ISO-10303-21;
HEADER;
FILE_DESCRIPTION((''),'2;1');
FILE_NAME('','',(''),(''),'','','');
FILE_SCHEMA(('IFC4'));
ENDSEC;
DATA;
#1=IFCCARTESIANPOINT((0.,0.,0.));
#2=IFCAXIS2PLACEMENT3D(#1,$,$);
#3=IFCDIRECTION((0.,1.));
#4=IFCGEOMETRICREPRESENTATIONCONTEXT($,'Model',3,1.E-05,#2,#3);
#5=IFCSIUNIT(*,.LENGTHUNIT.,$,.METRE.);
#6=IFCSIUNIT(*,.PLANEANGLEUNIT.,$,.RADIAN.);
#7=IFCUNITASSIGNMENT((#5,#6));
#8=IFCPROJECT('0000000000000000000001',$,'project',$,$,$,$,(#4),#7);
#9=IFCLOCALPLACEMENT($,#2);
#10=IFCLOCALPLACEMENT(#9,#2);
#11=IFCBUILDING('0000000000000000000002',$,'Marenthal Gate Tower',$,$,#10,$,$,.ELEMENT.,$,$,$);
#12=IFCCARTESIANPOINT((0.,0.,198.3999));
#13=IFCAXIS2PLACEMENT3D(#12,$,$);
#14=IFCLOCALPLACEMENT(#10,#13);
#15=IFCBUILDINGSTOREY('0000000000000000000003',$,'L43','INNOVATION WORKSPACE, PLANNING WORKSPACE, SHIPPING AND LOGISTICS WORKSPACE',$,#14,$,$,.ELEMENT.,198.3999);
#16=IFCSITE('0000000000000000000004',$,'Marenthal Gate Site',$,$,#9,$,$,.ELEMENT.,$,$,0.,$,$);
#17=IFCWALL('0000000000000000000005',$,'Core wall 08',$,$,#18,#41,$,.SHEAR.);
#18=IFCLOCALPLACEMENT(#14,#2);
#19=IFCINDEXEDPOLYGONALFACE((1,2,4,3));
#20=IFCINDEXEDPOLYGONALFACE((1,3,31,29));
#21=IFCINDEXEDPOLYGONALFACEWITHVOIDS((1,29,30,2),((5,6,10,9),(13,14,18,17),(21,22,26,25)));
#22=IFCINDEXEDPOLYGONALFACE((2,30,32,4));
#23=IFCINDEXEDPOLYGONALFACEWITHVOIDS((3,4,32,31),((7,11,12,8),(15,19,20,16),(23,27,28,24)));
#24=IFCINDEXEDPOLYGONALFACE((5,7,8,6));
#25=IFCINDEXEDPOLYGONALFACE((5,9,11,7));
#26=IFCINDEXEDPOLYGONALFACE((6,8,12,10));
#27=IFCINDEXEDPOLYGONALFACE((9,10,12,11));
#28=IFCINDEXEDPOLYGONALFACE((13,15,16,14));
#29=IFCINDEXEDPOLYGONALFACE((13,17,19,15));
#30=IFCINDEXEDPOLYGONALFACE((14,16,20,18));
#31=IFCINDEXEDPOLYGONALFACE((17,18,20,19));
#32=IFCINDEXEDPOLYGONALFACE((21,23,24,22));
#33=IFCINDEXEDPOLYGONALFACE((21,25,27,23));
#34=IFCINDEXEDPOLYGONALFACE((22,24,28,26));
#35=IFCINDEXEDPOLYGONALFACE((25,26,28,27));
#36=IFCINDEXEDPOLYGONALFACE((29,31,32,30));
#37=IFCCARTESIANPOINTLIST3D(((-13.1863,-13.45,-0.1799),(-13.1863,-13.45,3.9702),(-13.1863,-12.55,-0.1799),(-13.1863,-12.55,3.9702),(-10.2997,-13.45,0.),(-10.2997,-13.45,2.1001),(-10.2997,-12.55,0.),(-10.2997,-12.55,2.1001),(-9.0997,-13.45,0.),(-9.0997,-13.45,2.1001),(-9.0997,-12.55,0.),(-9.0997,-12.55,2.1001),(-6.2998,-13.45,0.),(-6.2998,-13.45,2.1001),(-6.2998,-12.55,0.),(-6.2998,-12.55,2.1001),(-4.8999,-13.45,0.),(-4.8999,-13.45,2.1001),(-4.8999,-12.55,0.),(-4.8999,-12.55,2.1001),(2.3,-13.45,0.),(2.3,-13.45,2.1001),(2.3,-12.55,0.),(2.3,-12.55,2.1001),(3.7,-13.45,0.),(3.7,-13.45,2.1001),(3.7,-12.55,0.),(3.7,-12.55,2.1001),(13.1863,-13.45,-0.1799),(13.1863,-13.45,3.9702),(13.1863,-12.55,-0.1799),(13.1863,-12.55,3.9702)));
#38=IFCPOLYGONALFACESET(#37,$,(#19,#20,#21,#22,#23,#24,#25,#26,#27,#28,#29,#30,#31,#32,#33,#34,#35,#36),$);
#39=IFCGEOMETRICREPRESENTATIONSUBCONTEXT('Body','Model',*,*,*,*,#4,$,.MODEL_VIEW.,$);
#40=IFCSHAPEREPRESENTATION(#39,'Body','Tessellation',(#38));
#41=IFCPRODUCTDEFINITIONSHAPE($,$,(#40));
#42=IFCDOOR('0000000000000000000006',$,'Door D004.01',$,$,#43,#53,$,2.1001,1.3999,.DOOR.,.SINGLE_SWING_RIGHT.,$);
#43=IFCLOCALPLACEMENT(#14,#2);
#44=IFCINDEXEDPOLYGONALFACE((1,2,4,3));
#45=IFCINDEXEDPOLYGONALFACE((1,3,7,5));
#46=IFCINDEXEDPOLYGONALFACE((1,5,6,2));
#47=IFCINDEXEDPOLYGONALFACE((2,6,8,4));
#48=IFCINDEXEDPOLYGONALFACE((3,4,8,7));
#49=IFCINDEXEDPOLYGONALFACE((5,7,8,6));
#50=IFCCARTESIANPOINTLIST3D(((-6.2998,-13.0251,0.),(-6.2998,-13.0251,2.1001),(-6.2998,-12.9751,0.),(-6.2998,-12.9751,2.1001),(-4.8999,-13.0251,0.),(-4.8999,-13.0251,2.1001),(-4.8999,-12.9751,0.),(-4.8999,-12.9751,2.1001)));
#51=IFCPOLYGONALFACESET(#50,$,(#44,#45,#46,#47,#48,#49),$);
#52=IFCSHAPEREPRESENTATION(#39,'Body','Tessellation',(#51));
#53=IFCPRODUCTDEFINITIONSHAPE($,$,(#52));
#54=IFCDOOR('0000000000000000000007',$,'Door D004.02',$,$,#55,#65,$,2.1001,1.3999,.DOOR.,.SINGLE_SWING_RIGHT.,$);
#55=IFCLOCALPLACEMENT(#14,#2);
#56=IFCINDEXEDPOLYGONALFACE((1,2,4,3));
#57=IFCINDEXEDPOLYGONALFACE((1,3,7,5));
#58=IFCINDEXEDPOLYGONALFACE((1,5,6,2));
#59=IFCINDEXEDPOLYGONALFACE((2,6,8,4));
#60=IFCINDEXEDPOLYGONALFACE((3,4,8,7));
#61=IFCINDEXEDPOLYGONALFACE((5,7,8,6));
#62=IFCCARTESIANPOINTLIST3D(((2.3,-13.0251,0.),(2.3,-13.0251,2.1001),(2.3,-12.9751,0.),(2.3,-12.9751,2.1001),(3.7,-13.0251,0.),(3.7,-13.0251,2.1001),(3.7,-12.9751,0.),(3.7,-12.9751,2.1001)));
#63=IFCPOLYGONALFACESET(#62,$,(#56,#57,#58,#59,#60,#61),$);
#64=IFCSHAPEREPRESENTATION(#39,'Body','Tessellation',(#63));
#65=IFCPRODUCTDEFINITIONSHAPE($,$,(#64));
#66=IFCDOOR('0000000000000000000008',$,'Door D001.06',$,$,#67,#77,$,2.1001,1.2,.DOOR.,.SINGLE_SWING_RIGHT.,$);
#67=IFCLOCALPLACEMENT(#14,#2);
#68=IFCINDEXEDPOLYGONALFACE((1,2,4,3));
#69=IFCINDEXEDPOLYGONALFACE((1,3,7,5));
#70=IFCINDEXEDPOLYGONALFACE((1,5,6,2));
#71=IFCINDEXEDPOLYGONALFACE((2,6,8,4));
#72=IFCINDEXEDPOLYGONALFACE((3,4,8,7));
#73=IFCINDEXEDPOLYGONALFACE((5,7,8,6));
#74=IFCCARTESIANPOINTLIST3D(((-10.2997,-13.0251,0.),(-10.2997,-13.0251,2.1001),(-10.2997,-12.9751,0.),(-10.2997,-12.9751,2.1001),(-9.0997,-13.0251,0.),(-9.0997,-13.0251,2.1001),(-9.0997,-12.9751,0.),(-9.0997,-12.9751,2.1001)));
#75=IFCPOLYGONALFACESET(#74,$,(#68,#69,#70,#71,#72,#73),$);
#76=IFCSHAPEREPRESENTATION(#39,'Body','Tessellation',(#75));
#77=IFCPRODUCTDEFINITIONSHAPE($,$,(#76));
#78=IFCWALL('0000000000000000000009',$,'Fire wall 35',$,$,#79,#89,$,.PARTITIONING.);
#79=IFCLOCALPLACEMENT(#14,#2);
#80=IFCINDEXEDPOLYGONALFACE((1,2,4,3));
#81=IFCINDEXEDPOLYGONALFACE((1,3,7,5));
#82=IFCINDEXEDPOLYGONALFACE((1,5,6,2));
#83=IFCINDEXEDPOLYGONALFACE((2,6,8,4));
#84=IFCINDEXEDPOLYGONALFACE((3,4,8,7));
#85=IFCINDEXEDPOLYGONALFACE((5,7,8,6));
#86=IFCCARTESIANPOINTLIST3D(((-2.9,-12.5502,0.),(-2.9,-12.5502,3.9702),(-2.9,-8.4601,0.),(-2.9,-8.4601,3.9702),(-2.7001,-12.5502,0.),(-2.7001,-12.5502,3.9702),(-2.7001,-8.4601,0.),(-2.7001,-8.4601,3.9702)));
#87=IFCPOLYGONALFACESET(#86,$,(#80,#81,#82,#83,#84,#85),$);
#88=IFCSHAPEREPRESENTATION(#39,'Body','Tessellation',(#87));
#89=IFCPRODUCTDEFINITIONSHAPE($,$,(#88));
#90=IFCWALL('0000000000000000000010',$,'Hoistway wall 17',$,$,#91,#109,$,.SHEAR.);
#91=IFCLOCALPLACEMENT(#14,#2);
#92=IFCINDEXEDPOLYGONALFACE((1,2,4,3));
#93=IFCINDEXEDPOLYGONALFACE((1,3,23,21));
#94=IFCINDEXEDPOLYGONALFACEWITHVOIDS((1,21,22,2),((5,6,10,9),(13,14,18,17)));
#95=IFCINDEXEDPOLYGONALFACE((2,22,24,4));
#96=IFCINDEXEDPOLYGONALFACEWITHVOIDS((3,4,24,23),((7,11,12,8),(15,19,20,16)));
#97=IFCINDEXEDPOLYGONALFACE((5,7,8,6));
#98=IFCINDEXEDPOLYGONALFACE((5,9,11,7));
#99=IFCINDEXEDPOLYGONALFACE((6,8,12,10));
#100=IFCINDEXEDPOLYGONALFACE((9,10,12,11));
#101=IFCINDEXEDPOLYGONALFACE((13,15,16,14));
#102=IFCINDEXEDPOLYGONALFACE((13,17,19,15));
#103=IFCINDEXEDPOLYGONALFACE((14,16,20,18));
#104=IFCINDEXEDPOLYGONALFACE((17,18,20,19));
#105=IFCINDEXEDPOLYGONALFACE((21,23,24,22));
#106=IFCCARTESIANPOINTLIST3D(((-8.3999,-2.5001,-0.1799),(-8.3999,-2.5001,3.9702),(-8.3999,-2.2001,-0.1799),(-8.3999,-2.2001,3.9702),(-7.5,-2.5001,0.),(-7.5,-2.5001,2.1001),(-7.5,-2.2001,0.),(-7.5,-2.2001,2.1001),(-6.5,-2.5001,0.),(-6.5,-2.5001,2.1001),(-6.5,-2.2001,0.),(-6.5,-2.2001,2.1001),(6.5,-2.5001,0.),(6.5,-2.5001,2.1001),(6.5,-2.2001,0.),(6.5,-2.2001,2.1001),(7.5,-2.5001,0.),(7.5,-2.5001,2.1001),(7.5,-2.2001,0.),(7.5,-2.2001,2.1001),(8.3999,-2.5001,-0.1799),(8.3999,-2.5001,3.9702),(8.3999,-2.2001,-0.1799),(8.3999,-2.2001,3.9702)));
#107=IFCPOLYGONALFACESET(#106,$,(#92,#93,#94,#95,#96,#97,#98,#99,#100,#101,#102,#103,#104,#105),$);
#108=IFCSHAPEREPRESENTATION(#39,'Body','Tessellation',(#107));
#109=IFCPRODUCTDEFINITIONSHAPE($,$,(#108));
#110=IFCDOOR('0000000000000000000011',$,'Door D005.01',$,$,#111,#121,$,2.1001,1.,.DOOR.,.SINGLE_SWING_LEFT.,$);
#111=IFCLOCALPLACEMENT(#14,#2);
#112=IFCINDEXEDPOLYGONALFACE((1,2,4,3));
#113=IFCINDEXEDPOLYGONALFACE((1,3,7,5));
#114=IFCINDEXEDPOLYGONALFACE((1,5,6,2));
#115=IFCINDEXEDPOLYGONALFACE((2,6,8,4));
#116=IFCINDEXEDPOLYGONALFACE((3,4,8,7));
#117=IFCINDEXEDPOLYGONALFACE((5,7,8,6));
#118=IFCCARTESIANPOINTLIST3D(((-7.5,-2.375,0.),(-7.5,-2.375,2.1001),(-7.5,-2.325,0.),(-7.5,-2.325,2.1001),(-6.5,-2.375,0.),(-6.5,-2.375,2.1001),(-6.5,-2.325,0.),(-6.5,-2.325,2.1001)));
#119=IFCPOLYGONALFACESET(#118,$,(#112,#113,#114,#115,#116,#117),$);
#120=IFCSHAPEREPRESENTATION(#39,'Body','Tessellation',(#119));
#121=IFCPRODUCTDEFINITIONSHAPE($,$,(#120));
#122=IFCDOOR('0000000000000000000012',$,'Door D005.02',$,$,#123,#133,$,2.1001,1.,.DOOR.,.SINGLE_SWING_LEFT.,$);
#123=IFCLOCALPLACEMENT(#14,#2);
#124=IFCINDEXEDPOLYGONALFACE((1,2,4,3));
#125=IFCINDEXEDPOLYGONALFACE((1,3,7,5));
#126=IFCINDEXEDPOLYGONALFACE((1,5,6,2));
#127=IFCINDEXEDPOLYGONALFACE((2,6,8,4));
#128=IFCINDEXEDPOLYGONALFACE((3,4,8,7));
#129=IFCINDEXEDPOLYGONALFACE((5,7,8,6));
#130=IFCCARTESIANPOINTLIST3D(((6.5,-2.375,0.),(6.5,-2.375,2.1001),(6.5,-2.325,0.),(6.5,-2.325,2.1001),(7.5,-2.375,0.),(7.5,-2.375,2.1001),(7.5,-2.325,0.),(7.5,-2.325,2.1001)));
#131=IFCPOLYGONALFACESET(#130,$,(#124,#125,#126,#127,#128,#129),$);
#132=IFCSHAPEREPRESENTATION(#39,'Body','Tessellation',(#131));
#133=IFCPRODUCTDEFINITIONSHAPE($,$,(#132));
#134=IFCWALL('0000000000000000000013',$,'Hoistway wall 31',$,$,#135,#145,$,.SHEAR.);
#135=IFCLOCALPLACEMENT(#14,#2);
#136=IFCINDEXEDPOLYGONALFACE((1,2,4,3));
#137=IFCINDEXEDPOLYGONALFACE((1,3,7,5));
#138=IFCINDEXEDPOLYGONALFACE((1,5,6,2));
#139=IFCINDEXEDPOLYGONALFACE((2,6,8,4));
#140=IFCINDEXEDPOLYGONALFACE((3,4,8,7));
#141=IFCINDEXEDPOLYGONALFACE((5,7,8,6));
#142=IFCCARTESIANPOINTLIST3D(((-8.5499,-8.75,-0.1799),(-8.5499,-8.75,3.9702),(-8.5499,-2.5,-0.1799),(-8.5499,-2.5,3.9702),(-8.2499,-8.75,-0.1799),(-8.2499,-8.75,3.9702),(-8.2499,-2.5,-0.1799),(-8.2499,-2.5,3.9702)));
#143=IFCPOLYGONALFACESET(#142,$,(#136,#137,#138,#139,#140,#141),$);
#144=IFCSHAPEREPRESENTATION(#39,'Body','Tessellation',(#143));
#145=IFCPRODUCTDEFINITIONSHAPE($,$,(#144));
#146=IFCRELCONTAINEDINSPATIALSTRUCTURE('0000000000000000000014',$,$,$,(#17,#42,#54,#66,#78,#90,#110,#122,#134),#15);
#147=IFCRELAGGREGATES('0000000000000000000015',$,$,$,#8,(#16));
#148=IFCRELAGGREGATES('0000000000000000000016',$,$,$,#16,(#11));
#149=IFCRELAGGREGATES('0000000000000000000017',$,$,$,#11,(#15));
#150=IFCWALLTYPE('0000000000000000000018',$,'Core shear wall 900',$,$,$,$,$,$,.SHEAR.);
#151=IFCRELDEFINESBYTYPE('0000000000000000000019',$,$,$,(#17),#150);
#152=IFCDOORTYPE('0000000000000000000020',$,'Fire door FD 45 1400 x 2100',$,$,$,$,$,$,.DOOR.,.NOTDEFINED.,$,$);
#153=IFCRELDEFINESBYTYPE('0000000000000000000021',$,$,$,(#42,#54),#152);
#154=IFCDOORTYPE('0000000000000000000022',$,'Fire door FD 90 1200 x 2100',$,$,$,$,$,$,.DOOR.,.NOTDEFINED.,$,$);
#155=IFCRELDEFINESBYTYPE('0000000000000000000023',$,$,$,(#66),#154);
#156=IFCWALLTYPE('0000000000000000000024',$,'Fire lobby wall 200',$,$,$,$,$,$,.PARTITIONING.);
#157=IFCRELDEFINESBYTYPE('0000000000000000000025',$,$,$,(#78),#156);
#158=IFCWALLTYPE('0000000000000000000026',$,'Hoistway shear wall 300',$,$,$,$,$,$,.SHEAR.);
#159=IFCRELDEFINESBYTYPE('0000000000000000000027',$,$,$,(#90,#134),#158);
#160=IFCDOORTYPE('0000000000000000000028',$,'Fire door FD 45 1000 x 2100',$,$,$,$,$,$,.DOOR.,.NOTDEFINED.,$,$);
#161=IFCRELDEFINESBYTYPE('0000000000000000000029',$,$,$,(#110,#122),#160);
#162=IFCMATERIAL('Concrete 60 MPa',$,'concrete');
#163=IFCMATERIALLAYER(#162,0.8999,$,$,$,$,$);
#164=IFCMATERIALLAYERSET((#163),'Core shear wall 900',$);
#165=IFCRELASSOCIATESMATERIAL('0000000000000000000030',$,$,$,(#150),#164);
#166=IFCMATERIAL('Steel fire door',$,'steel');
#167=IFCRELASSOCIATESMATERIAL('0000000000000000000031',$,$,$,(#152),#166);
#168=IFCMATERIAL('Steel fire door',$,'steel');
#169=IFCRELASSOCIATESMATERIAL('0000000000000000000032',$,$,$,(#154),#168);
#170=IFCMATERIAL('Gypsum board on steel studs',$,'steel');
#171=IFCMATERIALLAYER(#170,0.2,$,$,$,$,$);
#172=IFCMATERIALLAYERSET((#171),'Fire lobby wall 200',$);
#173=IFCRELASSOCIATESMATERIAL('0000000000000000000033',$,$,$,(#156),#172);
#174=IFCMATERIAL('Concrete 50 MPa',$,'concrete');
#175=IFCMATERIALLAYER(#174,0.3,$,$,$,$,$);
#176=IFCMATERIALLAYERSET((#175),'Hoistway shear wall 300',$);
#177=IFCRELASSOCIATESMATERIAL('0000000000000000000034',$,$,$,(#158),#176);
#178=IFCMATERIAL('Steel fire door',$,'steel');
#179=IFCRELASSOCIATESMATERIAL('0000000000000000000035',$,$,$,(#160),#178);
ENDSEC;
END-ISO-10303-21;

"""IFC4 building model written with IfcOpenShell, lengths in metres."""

from ifc_helpers import new_model, si_unit, direction, frame, frame_2d, origin, place, context, subcontext, project, spatial, rectangle, extrude, material, layer, layer_set, type_object, element, fill, save


model = new_model("IFC4")

# Units and contexts
model_context = context("Model", 3, precision=1e-05, world=origin(), true_north=direction((0.0, 1.0)))
body_context = subcontext(model_context, "Body", "Model", "MODEL_VIEW")
ifc_project = project(units=[si_unit("LENGTHUNIT", "METRE"), si_unit("PLANEANGLEUNIT", "RADIAN")], contexts=[model_context])

# Site, building, storey
site_placement = place(None, origin())
site = spatial("IfcSite", under=ifc_project, at=site_placement, Name="Marenthal Gate Site", CompositionType="ELEMENT", RefElevation=0.0)
building_placement = place(site_placement, origin())
building = spatial("IfcBuilding", under=site, at=building_placement, Name="Marenthal Gate Tower", CompositionType="ELEMENT")
storey_placement = place(building_placement, frame((0.0, 0.0, 198.3999)))
storey = spatial("IfcBuildingStorey", under=building, at=storey_placement, Name="L43", Description="INNOVATION WORKSPACE, PLANNING WORKSPACE, SHIPPING AND LOGISTICS WORKSPACE", CompositionType="ELEMENT", Elevation=198.3999)

# Wall, openings, doors
ifc_material_1 = material(Name="Concrete 60 MPa", Category="concrete")
ifc_layer_1 = layer(ifc_material_1, 0.8999)
ifc_layer_set_1 = layer_set([ifc_layer_1], Name="Core shear wall 900")
wall_type_1 = type_object("IfcWallType", Name="Core shear wall 900", PredefinedType="SHEAR", material=ifc_layer_set_1)
wall_1_placement = place(storey_placement, frame((-13.1863, -13.0, -0.1799), z_axis=(0.0, 0.0, 1.0), x_axis=(1.0, 0.0, 0.0)))
wall_1 = element("IfcWall", 1, at=wall_1_placement, inside=storey, type_object=wall_type_1, Name="Core wall 08", PredefinedType="SHEAR", context=body_context, shape_type="SweptSolid", body=[
    extrude(rectangle(XDim=26.3726, YDim=0.8999, at=frame_2d((13.1863, 0.0))), origin(), (0.0, 0.0, 1.0), 4.1501),
])
opening_1_placement = place(wall_1_placement, frame((2.8865, 0.0, 0.1799)))
opening_1 = element("IfcOpeningElement", 2, at=opening_1_placement, cuts=wall_1, PredefinedType="OPENING", context=body_context, shape_type="SweptSolid", body=[
    extrude(rectangle(XDim=1.2, YDim=2.1001, at=frame_2d((0.6001, 1.05))), frame((0.0, 0.46, 0.0), z_axis=(0.0, -1.0, 0.0), x_axis=(1.0, 0.0, 0.0)), (0.0, 0.0, 1.0), 0.9199),
])
opening_2_placement = place(wall_1_placement, frame((6.8865, 0.0, 0.1799)))
opening_2 = element("IfcOpeningElement", 3, at=opening_2_placement, cuts=wall_1, PredefinedType="OPENING", context=body_context, shape_type="SweptSolid", body=[
    extrude(rectangle(XDim=1.3999, YDim=2.1001, at=frame_2d((0.7, 1.05))), frame((0.0, 0.46, 0.0), z_axis=(0.0, -1.0, 0.0), x_axis=(1.0, 0.0, 0.0)), (0.0, 0.0, 1.0), 0.9199),
])
opening_3_placement = place(wall_1_placement, frame((15.4863, 0.0, 0.1799)))
opening_3 = element("IfcOpeningElement", 4, at=opening_3_placement, cuts=wall_1, PredefinedType="OPENING", context=body_context, shape_type="SweptSolid", body=[
    extrude(rectangle(XDim=1.3999, YDim=2.1001, at=frame_2d((0.7, 1.05))), frame((0.0, 0.46, 0.0), z_axis=(0.0, -1.0, 0.0), x_axis=(1.0, 0.0, 0.0)), (0.0, 0.0, 1.0), 0.9199),
])
ifc_material_2 = material(Name="Steel fire door", Category="steel")
door_type_1 = type_object("IfcDoorType", Name="Fire door FD 45 1400 x 2100", OperationType="NOTDEFINED", PredefinedType="DOOR", material=ifc_material_2)
door_1_placement = place(opening_2_placement, origin())
door_1 = element("IfcDoor", 5, at=door_1_placement, inside=storey, type_object=door_type_1, Name="Door D004.01", OperationType="SINGLE_SWING_RIGHT", OverallHeight=2.1001, OverallWidth=1.3999, PredefinedType="DOOR", context=body_context, shape_type="SweptSolid", body=[
    extrude(rectangle(XDim=1.3999, YDim=2.1001, at=frame_2d((0.7, 1.05))), frame((0.0, 0.0249, 0.0), z_axis=(0.0, -1.0, 0.0), x_axis=(1.0, 0.0, 0.0)), (0.0, 0.0, 1.0), 0.05),
])
fill(opening_2, door_1)
door_2_placement = place(opening_3_placement, origin())
door_2 = element("IfcDoor", 6, at=door_2_placement, inside=storey, type_object=door_type_1, Name="Door D004.02", OperationType="SINGLE_SWING_RIGHT", OverallHeight=2.1001, OverallWidth=1.3999, PredefinedType="DOOR", context=body_context, shape_type="SweptSolid", body=[
    extrude(rectangle(XDim=1.3999, YDim=2.1001, at=frame_2d((0.7, 1.05))), frame((0.0, 0.0249, 0.0), z_axis=(0.0, -1.0, 0.0), x_axis=(1.0, 0.0, 0.0)), (0.0, 0.0, 1.0), 0.05),
])
fill(opening_3, door_2)
ifc_material_3 = material(Name="Steel fire door", Category="steel")
door_type_2 = type_object("IfcDoorType", Name="Fire door FD 90 1200 x 2100", OperationType="NOTDEFINED", PredefinedType="DOOR", material=ifc_material_3)
door_3_placement = place(opening_1_placement, origin())
door_3 = element("IfcDoor", 7, at=door_3_placement, inside=storey, type_object=door_type_2, Name="Door D001.06", OperationType="SINGLE_SWING_RIGHT", OverallHeight=2.1001, OverallWidth=1.2, PredefinedType="DOOR", context=body_context, shape_type="SweptSolid", body=[
    extrude(rectangle(XDim=1.2, YDim=2.1001, at=frame_2d((0.6001, 1.05))), frame((0.0, 0.0249, 0.0), z_axis=(0.0, -1.0, 0.0), x_axis=(1.0, 0.0, 0.0)), (0.0, 0.0, 1.0), 0.05),
])
fill(opening_1, door_3)

# Wall
ifc_material_4 = material(Name="Gypsum board on steel studs", Category="steel")
ifc_layer_2 = layer(ifc_material_4, 0.2)
ifc_layer_set_2 = layer_set([ifc_layer_2], Name="Fire lobby wall 200")
wall_type_2 = type_object("IfcWallType", Name="Fire lobby wall 200", PredefinedType="PARTITIONING", material=ifc_layer_set_2)
wall_2_placement = place(storey_placement, frame((-2.8, -12.55, 0.0), z_axis=(0.0, 0.0, 1.0), x_axis=(0.0, 1.0, 0.0)))
element("IfcWall", 8, at=wall_2_placement, inside=storey, type_object=wall_type_2, Name="Fire wall 35", PredefinedType="PARTITIONING", context=body_context, shape_type="SweptSolid", body=[
    extrude(rectangle(XDim=4.0901, YDim=0.2, at=frame_2d((2.0449, 0.0))), origin(), (0.0, 0.0, 1.0), 3.9702),
])

# Wall, openings, doors
ifc_material_5 = material(Name="Concrete 50 MPa", Category="concrete")
ifc_layer_3 = layer(ifc_material_5, 0.3)
ifc_layer_set_3 = layer_set([ifc_layer_3], Name="Hoistway shear wall 300")
wall_type_3 = type_object("IfcWallType", Name="Hoistway shear wall 300", PredefinedType="SHEAR", material=ifc_layer_set_3)
wall_3_placement = place(storey_placement, frame((-8.3999, -2.3501, -0.1799), z_axis=(0.0, 0.0, 1.0), x_axis=(1.0, 0.0, 0.0)))
wall_3 = element("IfcWall", 9, at=wall_3_placement, inside=storey, type_object=wall_type_3, Name="Hoistway wall 17", PredefinedType="SHEAR", context=body_context, shape_type="SweptSolid", body=[
    extrude(rectangle(XDim=16.7998, YDim=0.3, at=frame_2d((8.3999, 0.0))), origin(), (0.0, 0.0, 1.0), 4.1501),
])
opening_4_placement = place(wall_3_placement, frame((0.8999, 0.0, 0.1799)))
opening_4 = element("IfcOpeningElement", 10, at=opening_4_placement, cuts=wall_3, PredefinedType="OPENING", context=body_context, shape_type="SweptSolid", body=[
    extrude(rectangle(XDim=1.0, YDim=2.1001, at=frame_2d((0.5, 1.05))), frame((0.0, 0.1602, 0.0), z_axis=(0.0, -1.0, 0.0), x_axis=(1.0, 0.0, 0.0)), (0.0, 0.0, 1.0), 0.3201),
])
opening_5_placement = place(wall_3_placement, frame((14.8999, 0.0, 0.1799)))
opening_5 = element("IfcOpeningElement", 11, at=opening_5_placement, cuts=wall_3, PredefinedType="OPENING", context=body_context, shape_type="SweptSolid", body=[
    extrude(rectangle(XDim=1.0, YDim=2.1001, at=frame_2d((0.5, 1.05))), frame((0.0, 0.1602, 0.0), z_axis=(0.0, -1.0, 0.0), x_axis=(1.0, 0.0, 0.0)), (0.0, 0.0, 1.0), 0.3201),
])
ifc_material_6 = material(Name="Steel fire door", Category="steel")
door_type_3 = type_object("IfcDoorType", Name="Fire door FD 45 1000 x 2100", OperationType="NOTDEFINED", PredefinedType="DOOR", material=ifc_material_6)
door_4_placement = place(opening_4_placement, frame((1.0, 0.0, 0.0), z_axis=(0.0, 0.0, 1.0), x_axis=(-1.0, 0.0, 0.0)))
door_4 = element("IfcDoor", 12, at=door_4_placement, inside=storey, type_object=door_type_3, Name="Door D005.01", OperationType="SINGLE_SWING_LEFT", OverallHeight=2.1001, OverallWidth=1.0, PredefinedType="DOOR", context=body_context, shape_type="SweptSolid", body=[
    extrude(rectangle(XDim=1.0, YDim=2.1001, at=frame_2d((0.5, 1.05))), frame((0.0, 0.0249, 0.0), z_axis=(0.0, -1.0, 0.0), x_axis=(1.0, 0.0, 0.0)), (0.0, 0.0, 1.0), 0.05),
])
fill(opening_4, door_4)
door_5_placement = place(opening_5_placement, frame((1.0, 0.0, 0.0), z_axis=(0.0, 0.0, 1.0), x_axis=(-1.0, 0.0, 0.0)))
door_5 = element("IfcDoor", 13, at=door_5_placement, inside=storey, type_object=door_type_3, Name="Door D005.02", OperationType="SINGLE_SWING_LEFT", OverallHeight=2.1001, OverallWidth=1.0, PredefinedType="DOOR", context=body_context, shape_type="SweptSolid", body=[
    extrude(rectangle(XDim=1.0, YDim=2.1001, at=frame_2d((0.5, 1.05))), frame((0.0, 0.0249, 0.0), z_axis=(0.0, -1.0, 0.0), x_axis=(1.0, 0.0, 0.0)), (0.0, 0.0, 1.0), 0.05),
])
fill(opening_5, door_5)

# Wall
wall_4_placement = place(storey_placement, frame((-8.3999, -8.75, -0.1799), z_axis=(0.0, 0.0, 1.0), x_axis=(0.0, 1.0, 0.0)))
element("IfcWall", 14, at=wall_4_placement, inside=storey, type_object=wall_type_3, Name="Hoistway wall 31", PredefinedType="SHEAR", context=body_context, shape_type="SweptSolid", body=[
    extrude(rectangle(XDim=6.25, YDim=0.3, at=frame_2d((3.125, 0.0))), origin(), (0.0, 0.0, 1.0), 4.1501),
])

save(model, "model.ifc")
